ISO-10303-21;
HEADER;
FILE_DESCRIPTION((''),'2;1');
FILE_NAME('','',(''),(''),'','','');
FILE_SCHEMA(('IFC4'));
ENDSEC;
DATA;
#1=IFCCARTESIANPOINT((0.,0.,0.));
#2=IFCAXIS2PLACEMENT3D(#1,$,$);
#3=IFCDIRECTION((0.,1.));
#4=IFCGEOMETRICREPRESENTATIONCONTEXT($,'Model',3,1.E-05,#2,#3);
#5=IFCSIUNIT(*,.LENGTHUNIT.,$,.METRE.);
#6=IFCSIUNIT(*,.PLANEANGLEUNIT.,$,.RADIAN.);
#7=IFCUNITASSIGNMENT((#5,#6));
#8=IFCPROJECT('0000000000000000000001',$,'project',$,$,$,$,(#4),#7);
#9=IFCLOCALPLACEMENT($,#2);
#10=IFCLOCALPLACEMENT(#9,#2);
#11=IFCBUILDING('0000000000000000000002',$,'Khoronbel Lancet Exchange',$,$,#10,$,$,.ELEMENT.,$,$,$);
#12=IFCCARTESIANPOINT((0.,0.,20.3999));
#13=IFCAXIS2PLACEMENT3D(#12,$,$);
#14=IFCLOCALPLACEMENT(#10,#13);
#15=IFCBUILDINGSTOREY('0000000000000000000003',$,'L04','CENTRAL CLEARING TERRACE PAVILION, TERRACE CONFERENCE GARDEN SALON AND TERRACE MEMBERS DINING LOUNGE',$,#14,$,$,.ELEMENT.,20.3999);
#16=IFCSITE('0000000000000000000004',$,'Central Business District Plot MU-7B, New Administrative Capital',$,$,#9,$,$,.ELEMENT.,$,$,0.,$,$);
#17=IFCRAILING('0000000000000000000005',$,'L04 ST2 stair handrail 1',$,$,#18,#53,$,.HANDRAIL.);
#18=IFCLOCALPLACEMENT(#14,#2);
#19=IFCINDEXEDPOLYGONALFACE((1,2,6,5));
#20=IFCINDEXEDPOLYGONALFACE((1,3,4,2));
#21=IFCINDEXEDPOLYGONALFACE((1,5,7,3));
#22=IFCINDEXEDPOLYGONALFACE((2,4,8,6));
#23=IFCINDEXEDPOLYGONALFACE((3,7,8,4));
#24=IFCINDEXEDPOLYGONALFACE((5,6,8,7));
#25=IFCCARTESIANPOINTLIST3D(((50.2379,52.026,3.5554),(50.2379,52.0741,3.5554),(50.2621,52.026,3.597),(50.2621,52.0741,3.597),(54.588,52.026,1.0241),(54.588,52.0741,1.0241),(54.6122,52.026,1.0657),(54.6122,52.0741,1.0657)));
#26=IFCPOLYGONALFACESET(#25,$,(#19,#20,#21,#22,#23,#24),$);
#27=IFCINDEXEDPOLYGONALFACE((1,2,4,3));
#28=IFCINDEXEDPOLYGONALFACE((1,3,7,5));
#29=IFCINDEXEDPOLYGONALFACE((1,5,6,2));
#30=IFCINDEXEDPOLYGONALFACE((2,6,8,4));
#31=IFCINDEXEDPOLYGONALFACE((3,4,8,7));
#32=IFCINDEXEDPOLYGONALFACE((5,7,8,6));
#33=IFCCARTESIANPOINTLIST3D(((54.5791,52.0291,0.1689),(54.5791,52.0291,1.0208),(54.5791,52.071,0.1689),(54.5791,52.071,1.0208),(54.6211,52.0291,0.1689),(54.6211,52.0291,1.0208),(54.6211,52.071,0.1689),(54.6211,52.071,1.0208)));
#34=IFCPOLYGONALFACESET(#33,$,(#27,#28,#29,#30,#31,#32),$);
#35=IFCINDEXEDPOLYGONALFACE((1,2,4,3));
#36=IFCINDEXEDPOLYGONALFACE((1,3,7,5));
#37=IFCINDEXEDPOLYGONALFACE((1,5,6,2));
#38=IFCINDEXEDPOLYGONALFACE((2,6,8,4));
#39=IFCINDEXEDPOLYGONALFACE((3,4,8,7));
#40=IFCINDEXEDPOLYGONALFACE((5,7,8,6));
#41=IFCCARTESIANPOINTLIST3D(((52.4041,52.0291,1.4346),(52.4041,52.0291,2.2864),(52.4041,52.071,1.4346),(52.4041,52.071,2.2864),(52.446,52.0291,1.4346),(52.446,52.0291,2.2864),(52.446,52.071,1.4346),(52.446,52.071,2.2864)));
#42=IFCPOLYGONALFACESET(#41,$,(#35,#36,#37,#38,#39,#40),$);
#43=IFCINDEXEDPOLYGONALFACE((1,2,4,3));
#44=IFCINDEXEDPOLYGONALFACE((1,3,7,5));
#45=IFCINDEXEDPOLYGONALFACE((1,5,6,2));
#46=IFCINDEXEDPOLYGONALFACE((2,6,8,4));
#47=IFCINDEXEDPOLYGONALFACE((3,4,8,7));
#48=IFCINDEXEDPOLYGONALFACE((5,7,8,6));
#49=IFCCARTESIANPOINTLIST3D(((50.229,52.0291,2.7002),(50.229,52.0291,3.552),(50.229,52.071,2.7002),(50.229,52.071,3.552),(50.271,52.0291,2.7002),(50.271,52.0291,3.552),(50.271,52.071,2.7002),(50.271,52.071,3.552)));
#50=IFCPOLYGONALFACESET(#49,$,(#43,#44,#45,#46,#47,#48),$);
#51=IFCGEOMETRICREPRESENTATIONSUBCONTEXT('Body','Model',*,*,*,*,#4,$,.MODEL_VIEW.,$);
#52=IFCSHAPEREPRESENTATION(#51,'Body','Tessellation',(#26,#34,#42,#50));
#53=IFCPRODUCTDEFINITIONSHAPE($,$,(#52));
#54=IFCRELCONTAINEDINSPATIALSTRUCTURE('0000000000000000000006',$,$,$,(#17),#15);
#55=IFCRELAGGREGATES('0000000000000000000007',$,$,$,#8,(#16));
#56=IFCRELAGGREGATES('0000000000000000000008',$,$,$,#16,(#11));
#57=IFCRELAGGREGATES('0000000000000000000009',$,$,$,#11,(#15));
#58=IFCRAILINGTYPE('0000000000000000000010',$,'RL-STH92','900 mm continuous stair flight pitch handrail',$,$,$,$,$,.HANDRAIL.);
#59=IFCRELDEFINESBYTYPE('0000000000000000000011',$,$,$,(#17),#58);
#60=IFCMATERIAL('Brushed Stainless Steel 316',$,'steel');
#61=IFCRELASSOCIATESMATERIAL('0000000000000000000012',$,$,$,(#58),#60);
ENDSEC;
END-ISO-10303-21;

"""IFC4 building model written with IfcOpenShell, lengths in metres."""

from ifc_helpers import new_model, si_unit, direction, frame, origin, origin_2d, place, context, subcontext, project, spatial, rectangle, extrude, material, type_object, element, save


model = new_model("IFC4")

# Units and contexts
model_context = context("Model", 3, precision=1e-05, world=origin(), true_north=direction((0.0, 1.0)))
body_context = subcontext(model_context, "Body", "Model", "MODEL_VIEW")
ifc_project = project(units=[si_unit("LENGTHUNIT", "METRE"), si_unit("PLANEANGLEUNIT", "RADIAN")], contexts=[model_context])

# Site, building, storey
site_placement = place(None, origin())
site = spatial("IfcSite", under=ifc_project, at=site_placement, Name="Central Business District Plot MU-7B, New Administrative Capital", CompositionType="ELEMENT", RefElevation=0.0)
building_placement = place(site_placement, origin())
building = spatial("IfcBuilding", under=site, at=building_placement, Name="Khoronbel Lancet Exchange", CompositionType="ELEMENT")
storey_placement = place(building_placement, frame((0.0, 0.0, 20.3999)))
storey = spatial("IfcBuildingStorey", under=building, at=storey_placement, Name="L04", Description="CENTRAL CLEARING TERRACE PAVILION, TERRACE CONFERENCE GARDEN SALON AND TERRACE MEMBERS DINING LOUNGE", CompositionType="ELEMENT", Elevation=20.3999)

# Railing
ifc_material_1 = material(Name="Brushed Stainless Steel 316", Category="steel")
railing_type_1 = type_object("IfcRailingType", Name="RL-STH92", Description="900 mm continuous stair flight pitch handrail", PredefinedType="HANDRAIL", material=ifc_material_1)
railing_1_placement = place(storey_placement, frame((54.6001, 52.05, 0.1689)))
element("IfcRailing", 1, at=railing_1_placement, inside=storey, type_object=railing_type_1, Name="L04 ST2 stair handrail 1", PredefinedType="HANDRAIL", context=body_context, shape_type="SweptSolid", body=[
    extrude(rectangle(XDim=0.0481, YDim=0.0481, at=origin_2d()), frame((0.0, 0.0, 0.876), z_axis=(-0.864324, 0.0, 0.502936), x_axis=(0.0, -1.0, 0.0)), (0.0, 0.0, 1.0), 5.033),
    extrude(rectangle(XDim=0.042, YDim=0.042, at=origin_2d()), origin(), (0.0, 0.0, 1.0), 0.8518),
    extrude(rectangle(XDim=0.042, YDim=0.042, at=origin_2d()), frame((-2.175, 0.0, 1.2656)), (0.0, 0.0, 1.0), 0.8518),
    extrude(rectangle(XDim=0.042, YDim=0.042, at=origin_2d()), frame((-4.3501, 0.0, 2.5312)), (0.0, 0.0, 1.0), 0.8518),
])

save(model, "model.ifc")
